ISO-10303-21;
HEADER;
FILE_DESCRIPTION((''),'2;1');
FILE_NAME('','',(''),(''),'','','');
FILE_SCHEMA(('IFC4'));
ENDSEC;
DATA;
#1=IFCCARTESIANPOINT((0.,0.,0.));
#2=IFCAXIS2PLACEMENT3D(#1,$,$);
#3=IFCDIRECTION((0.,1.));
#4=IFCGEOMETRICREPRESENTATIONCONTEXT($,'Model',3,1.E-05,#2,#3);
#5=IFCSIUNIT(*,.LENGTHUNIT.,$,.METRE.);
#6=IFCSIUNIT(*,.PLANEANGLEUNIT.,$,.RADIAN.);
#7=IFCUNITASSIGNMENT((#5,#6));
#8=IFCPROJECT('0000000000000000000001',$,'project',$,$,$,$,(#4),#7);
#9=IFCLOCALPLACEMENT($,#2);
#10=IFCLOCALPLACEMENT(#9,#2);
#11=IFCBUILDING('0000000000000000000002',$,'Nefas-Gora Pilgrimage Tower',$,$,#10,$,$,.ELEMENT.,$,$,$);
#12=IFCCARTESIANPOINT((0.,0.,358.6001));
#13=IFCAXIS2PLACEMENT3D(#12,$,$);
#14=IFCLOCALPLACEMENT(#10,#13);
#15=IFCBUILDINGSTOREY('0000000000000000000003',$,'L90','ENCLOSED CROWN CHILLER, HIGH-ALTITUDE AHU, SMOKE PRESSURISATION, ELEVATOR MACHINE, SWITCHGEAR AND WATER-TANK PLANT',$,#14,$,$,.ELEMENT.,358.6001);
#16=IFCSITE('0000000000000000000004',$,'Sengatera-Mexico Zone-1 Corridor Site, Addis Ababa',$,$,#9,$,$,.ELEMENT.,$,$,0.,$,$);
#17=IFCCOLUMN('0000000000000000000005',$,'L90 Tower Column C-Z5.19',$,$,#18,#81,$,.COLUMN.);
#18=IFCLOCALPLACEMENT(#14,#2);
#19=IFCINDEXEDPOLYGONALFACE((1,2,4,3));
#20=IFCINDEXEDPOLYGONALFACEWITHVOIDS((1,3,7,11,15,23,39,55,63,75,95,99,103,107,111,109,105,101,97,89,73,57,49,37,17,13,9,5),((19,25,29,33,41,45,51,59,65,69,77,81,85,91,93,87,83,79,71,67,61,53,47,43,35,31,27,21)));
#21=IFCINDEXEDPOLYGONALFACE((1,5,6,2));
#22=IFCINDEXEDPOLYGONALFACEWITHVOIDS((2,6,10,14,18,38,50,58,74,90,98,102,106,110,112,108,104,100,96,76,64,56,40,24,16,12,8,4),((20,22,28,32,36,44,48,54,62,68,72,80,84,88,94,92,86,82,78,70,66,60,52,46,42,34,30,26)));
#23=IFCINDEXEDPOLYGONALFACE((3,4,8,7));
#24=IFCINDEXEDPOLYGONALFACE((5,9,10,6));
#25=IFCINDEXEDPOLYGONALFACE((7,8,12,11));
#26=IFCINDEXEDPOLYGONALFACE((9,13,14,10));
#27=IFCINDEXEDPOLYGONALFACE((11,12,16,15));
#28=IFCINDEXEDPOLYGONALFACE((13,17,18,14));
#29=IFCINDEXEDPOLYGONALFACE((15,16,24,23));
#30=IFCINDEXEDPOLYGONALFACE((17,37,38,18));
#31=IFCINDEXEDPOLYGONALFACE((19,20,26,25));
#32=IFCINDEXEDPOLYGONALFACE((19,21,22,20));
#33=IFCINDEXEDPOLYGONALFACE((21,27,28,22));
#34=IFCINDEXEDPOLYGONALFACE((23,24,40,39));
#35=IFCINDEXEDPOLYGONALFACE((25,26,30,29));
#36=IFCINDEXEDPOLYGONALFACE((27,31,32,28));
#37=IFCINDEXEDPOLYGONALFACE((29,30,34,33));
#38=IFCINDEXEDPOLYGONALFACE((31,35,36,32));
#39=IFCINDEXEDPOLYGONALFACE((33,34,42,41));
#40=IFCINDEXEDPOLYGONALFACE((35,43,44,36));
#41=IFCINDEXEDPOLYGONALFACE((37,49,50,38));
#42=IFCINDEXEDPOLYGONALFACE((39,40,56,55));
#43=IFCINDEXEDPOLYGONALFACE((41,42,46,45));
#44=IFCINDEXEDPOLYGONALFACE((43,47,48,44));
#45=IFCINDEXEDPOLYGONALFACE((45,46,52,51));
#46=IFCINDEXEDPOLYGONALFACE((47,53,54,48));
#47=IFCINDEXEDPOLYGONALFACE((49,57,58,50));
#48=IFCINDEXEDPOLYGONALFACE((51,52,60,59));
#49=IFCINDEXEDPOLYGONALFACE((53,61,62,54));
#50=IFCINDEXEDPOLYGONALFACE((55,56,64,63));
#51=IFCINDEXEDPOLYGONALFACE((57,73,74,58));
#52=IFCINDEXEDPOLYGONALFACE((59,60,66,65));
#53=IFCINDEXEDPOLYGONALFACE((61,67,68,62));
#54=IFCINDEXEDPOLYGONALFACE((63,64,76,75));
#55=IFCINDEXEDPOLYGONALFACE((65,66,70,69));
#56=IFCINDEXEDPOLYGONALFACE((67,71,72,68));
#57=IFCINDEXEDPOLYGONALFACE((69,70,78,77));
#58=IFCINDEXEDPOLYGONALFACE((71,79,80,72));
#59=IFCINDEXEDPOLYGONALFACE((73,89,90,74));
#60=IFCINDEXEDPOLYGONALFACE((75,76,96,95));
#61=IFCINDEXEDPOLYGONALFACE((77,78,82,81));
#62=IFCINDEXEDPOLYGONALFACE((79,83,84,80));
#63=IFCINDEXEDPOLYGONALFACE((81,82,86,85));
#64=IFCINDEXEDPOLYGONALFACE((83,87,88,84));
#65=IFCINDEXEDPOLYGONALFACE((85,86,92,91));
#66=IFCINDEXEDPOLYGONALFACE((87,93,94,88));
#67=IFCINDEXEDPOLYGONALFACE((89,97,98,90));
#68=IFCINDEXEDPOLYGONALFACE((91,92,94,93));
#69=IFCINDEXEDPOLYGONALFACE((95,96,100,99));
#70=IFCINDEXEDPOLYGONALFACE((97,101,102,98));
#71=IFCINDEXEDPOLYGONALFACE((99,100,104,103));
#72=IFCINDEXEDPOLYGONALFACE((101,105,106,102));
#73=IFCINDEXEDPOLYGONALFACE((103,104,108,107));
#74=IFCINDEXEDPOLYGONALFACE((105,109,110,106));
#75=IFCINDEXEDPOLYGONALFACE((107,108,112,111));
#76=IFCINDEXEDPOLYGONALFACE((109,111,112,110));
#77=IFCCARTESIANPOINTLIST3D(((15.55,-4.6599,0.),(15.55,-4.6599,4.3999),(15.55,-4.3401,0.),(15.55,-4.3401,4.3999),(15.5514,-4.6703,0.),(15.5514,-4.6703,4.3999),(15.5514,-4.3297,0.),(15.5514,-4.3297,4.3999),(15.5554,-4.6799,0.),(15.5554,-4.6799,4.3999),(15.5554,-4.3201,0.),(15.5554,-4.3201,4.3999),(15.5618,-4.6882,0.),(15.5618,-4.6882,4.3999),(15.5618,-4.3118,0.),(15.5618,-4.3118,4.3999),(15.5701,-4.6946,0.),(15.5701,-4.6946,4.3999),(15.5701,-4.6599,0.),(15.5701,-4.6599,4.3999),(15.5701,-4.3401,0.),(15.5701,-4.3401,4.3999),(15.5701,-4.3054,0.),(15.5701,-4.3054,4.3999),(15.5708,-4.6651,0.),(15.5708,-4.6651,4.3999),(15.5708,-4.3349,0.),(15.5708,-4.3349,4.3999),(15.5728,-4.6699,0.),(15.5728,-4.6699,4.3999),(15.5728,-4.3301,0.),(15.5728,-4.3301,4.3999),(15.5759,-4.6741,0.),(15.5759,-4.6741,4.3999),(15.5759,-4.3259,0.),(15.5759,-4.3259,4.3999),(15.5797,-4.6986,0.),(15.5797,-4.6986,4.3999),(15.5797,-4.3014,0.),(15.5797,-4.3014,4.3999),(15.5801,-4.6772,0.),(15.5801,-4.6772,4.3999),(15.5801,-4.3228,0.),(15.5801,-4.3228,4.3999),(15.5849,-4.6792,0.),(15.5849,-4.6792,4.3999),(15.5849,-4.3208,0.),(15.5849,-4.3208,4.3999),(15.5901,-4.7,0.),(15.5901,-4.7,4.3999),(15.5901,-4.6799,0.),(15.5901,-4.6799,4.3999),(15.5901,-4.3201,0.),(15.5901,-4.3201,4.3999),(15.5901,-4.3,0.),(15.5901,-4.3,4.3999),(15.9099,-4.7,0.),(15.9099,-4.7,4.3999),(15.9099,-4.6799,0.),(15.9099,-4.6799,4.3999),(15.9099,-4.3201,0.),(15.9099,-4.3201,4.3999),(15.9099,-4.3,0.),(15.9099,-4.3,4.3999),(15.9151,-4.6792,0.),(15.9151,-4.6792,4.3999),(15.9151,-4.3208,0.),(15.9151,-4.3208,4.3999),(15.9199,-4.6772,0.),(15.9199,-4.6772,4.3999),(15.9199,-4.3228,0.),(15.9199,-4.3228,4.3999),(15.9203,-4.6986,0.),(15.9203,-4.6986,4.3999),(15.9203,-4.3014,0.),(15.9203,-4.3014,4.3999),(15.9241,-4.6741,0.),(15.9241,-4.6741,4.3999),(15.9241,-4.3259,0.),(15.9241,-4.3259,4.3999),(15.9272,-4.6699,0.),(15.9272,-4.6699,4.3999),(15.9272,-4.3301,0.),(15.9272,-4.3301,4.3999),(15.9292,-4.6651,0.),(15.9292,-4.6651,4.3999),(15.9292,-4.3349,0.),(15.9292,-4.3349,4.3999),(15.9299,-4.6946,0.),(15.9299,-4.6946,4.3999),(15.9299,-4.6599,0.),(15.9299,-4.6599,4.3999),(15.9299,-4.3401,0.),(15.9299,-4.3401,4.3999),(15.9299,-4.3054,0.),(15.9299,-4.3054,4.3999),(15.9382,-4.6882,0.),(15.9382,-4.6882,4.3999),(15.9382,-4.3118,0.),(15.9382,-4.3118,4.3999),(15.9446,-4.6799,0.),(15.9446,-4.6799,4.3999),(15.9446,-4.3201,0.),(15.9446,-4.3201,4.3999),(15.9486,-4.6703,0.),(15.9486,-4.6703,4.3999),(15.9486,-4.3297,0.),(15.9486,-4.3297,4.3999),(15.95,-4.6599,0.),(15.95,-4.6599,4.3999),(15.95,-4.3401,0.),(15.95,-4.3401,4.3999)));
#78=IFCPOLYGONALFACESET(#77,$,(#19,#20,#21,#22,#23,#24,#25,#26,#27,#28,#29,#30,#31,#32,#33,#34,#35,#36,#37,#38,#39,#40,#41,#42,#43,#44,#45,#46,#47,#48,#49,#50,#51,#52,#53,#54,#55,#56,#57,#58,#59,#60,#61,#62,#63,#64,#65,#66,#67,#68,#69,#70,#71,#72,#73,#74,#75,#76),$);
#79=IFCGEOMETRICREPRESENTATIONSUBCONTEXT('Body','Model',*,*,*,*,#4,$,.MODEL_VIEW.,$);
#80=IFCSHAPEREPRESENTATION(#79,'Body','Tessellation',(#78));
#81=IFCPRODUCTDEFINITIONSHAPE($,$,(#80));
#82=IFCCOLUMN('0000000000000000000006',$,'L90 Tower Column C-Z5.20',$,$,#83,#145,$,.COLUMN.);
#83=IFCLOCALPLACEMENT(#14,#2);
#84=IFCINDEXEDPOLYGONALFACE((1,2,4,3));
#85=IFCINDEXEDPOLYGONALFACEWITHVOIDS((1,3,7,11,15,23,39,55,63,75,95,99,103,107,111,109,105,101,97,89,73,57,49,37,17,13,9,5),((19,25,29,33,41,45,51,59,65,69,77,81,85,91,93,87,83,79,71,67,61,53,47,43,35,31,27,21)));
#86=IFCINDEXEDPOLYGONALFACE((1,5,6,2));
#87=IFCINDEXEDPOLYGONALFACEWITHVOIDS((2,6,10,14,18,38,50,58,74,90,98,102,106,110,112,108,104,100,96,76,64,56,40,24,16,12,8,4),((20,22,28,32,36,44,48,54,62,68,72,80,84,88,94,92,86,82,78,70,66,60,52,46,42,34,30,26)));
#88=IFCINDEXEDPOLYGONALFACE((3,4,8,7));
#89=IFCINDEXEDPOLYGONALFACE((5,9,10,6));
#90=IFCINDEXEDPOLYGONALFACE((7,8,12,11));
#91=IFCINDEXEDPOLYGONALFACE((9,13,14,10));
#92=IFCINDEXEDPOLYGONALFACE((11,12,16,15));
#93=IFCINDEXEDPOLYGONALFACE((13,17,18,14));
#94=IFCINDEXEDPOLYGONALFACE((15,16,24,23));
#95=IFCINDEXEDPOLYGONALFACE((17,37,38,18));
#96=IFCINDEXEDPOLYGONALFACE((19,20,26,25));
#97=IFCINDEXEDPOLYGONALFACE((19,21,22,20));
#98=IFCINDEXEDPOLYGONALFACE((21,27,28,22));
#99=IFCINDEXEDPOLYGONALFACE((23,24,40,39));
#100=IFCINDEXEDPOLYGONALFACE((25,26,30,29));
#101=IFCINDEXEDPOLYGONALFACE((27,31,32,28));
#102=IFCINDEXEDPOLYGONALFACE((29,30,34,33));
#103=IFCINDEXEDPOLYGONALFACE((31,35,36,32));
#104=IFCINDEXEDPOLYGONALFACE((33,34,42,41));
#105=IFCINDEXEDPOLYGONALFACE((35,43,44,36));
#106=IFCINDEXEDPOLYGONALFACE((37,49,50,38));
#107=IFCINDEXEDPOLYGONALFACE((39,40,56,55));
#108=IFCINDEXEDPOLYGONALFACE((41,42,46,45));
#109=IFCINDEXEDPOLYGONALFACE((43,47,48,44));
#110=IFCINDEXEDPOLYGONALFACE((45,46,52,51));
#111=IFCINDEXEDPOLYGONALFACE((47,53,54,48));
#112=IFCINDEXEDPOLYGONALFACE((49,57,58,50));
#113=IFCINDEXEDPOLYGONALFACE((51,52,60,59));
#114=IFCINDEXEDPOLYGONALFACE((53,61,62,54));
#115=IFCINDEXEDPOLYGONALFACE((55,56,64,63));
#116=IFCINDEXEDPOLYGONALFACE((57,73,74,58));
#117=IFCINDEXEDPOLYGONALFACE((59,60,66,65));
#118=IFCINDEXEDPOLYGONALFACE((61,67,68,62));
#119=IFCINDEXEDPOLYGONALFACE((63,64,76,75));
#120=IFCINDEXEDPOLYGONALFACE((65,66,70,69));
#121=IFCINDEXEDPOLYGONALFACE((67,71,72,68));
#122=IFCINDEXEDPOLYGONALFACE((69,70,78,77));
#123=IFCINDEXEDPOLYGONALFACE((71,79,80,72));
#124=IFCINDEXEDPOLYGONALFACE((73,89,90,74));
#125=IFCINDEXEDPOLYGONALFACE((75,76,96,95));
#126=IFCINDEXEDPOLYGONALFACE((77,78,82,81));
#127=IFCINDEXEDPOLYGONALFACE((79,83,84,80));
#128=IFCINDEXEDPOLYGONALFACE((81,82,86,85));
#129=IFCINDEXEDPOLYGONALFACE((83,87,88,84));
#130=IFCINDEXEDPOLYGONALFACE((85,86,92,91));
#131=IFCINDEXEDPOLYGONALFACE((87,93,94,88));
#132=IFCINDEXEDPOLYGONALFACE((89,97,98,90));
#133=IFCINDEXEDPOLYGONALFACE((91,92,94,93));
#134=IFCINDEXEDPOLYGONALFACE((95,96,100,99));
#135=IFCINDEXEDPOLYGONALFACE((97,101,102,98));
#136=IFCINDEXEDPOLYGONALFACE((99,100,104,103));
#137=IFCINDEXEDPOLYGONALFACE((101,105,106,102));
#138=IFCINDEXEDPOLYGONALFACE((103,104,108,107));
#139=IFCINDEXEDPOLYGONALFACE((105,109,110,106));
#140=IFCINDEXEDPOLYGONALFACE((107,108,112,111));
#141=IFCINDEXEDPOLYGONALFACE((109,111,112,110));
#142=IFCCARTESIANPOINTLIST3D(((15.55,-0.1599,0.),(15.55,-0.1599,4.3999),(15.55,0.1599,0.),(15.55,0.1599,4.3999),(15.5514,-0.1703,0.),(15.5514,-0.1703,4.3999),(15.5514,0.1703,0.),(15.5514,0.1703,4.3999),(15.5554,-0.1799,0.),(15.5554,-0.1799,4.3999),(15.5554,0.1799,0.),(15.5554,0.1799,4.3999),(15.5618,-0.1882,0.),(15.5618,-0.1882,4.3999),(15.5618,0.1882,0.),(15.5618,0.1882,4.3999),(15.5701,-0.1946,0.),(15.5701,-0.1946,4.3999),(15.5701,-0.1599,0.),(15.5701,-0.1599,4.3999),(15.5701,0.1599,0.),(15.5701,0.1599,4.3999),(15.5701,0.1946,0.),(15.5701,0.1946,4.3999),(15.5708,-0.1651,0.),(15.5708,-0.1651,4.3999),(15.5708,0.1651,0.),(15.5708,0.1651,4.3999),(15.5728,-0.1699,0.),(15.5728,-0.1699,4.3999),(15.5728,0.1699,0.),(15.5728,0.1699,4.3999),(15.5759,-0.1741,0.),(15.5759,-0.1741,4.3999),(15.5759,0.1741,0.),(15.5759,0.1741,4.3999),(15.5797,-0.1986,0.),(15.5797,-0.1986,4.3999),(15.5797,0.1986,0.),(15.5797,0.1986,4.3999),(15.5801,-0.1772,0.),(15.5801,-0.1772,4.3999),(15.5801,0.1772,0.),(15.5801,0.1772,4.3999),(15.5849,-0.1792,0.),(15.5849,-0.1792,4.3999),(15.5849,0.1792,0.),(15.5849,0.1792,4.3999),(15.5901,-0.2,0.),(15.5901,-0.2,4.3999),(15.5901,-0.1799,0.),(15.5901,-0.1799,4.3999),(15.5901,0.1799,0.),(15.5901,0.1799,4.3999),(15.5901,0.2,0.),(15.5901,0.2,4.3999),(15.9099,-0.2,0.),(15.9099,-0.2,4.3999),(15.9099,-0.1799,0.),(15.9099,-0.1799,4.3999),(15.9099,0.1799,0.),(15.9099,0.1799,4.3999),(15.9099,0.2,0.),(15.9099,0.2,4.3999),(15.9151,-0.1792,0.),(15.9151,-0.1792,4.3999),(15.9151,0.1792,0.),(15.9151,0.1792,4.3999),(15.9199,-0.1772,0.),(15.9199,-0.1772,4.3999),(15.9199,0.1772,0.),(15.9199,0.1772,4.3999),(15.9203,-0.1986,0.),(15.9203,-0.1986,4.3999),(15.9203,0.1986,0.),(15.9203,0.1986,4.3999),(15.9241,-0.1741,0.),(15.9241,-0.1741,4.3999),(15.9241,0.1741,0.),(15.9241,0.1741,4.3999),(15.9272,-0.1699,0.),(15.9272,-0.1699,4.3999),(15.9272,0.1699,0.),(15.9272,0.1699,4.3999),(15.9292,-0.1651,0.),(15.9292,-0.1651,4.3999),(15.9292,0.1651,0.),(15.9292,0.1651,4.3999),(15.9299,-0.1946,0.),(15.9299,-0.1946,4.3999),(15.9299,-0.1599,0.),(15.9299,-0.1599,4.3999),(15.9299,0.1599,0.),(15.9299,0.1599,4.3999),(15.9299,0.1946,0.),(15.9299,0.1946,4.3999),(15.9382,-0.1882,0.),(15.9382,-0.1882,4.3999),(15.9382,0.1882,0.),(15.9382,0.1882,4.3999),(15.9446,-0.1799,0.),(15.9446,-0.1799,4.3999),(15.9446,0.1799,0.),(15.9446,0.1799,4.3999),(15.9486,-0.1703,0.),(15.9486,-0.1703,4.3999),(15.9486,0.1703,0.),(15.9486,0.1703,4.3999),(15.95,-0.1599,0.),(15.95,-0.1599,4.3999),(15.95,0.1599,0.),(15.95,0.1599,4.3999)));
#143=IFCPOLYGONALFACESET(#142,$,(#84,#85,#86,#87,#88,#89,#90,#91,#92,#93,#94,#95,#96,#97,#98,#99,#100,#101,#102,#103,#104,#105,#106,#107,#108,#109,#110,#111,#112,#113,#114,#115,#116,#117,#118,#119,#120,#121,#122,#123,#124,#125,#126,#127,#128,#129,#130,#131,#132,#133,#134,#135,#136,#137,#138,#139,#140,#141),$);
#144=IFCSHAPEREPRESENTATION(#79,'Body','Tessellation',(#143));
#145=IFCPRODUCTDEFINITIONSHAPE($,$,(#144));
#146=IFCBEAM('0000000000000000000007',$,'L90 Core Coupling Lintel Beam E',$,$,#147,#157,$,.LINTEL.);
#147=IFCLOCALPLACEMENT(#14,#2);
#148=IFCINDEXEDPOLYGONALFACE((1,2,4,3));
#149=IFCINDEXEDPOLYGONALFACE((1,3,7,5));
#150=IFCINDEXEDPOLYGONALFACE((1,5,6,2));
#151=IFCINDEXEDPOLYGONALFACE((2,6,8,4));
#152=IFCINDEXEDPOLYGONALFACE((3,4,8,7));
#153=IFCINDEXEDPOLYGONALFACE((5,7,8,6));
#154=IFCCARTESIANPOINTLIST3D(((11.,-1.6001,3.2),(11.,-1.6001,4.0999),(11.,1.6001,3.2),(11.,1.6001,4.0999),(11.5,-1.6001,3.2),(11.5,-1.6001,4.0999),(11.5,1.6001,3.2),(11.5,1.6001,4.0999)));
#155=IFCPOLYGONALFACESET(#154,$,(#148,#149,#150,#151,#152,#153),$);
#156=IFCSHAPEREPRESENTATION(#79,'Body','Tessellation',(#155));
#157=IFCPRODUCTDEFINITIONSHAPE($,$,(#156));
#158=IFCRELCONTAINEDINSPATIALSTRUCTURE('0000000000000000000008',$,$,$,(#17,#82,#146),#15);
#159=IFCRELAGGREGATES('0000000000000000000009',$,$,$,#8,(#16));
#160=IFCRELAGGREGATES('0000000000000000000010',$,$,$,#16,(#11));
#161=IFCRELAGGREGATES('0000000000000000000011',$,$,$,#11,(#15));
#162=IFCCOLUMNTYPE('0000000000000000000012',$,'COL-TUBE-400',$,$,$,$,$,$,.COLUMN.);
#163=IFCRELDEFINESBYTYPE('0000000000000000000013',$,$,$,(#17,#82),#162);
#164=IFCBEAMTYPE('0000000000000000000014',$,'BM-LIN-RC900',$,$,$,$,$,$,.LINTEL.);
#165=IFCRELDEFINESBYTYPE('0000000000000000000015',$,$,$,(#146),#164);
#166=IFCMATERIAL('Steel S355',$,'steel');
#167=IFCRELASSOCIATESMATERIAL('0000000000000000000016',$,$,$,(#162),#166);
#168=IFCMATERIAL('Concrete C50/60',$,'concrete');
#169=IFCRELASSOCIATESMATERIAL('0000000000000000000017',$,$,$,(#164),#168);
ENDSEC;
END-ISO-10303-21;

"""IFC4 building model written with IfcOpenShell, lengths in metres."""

from ifc_helpers import new_model, si_unit, direction, frame, origin, origin_2d, place, context, subcontext, project, spatial, rectangle, hollow_rectangle, extrude, source, transform, mapped, material, material_profile, profile_set, type_object, element, save


model = new_model("IFC4")

# Units and contexts
model_context = context("Model", 3, precision=1e-05, world=origin(), true_north=direction((0.0, 1.0)))
body_context = subcontext(model_context, "Body", "Model", "MODEL_VIEW")
ifc_project = project(units=[si_unit("LENGTHUNIT", "METRE"), si_unit("PLANEANGLEUNIT", "RADIAN")], contexts=[model_context])

# Site, building, storey
site_placement = place(None, origin())
site = spatial("IfcSite", under=ifc_project, at=site_placement, Name="Sengatera-Mexico Zone-1 Corridor Site, Addis Ababa", CompositionType="ELEMENT", RefElevation=0.0)
building_placement = place(site_placement, origin())
building = spatial("IfcBuilding", under=site, at=building_placement, Name="Nefas-Gora Pilgrimage Tower", CompositionType="ELEMENT")
storey_placement = place(building_placement, frame((0.0, 0.0, 358.6001)))
storey = spatial("IfcBuildingStorey", under=building, at=storey_placement, Name="L90", Description="ENCLOSED CROWN CHILLER, HIGH-ALTITUDE AHU, SMOKE PRESSURISATION, ELEVATOR MACHINE, SWITCHGEAR AND WATER-TANK PLANT", CompositionType="ELEMENT", Elevation=358.6001)

# Columns
ifc_material_1 = material(Name="Steel S355", Category="steel")
ifc_material_profile_1 = material_profile(ifc_material_1, hollow_rectangle(XDim=0.3999, YDim=0.3999, WallThickness=0.02, InnerFilletRadius=0.02, OuterFilletRadius=0.04, at=origin_2d()), Name="SHS 400x400x20")
ifc_profile_set_1 = profile_set([ifc_material_profile_1], Name="Steel S355")
column_type = type_object("IfcColumnType", Name="COL-TUBE-400", PredefinedType="COLUMN", material=ifc_profile_set_1)
shared_shape_1 = source(origin(), body_context, "Body", "SweptSolid", [
    extrude(hollow_rectangle(XDim=0.3999, YDim=0.3999, WallThickness=0.02, InnerFilletRadius=0.02, OuterFilletRadius=0.04, at=origin_2d()), origin(), (0.0, 0.0, 1.0), 4.3999),
])
for number, where, z_axis, x_axis, name in (
    (1, (15.75, -4.5, 0.0), (0.0, 0.0, 1.0), (1.0, 0.0, 0.0), "L90 Tower Column C-Z5.19"),
    (2, (15.75, 0.0, 0.0), (0.0, 0.0, 1.0), (1.0, 0.0, 0.0), "L90 Tower Column C-Z5.20"),
):
    element("IfcColumn", number, at=place(storey_placement, frame(where, z_axis=z_axis, x_axis=x_axis)), inside=storey, type_object=column_type, Name=name, PredefinedType="COLUMN", context=body_context, shape_type="MappedRepresentation", body=[
        mapped(shared_shape_1, transform((0.0, 0.0, 0.0), x_axis=(1.0, 0.0, 0.0), y_axis=(0.0, 1.0, 0.0), z_axis=(0.0, 0.0, 1.0), scale=1.0)),
    ])

# Beam
ifc_material_2 = material(Name="Concrete C50/60", Category="concrete")
ifc_material_profile_2 = material_profile(ifc_material_2, rectangle(XDim=0.5, YDim=0.8999, at=origin_2d()), Name="RC 500x900")
ifc_profile_set_2 = profile_set([ifc_material_profile_2], Name="Concrete C50/60")
beam_type_1 = type_object("IfcBeamType", Name="BM-LIN-RC900", PredefinedType="LINTEL", material=ifc_profile_set_2)
shared_shape_2 = source(origin(), body_context, "Body", "SweptSolid", [
    extrude(rectangle(XDim=0.5, YDim=0.8999, at=origin_2d()), origin(), (0.0, 0.0, 1.0), 3.2002),
])
beam_placement = place(storey_placement, frame((11.25, -1.6001, 3.6499), z_axis=(0.0, 1.0, 0.0), x_axis=(-1.0, 0.0, 0.0)))
element("IfcBeam", 3, at=beam_placement, inside=storey, type_object=beam_type_1, Name="L90 Core Coupling Lintel Beam E", PredefinedType="LINTEL", context=body_context, shape_type="MappedRepresentation", body=[
    mapped(shared_shape_2, transform((0.0, 0.0, 0.0), x_axis=(1.0, 0.0, 0.0), y_axis=(0.0, 1.0, 0.0), z_axis=(0.0, 0.0, 1.0), scale=1.0)),
])

save(model, "model.ifc")
